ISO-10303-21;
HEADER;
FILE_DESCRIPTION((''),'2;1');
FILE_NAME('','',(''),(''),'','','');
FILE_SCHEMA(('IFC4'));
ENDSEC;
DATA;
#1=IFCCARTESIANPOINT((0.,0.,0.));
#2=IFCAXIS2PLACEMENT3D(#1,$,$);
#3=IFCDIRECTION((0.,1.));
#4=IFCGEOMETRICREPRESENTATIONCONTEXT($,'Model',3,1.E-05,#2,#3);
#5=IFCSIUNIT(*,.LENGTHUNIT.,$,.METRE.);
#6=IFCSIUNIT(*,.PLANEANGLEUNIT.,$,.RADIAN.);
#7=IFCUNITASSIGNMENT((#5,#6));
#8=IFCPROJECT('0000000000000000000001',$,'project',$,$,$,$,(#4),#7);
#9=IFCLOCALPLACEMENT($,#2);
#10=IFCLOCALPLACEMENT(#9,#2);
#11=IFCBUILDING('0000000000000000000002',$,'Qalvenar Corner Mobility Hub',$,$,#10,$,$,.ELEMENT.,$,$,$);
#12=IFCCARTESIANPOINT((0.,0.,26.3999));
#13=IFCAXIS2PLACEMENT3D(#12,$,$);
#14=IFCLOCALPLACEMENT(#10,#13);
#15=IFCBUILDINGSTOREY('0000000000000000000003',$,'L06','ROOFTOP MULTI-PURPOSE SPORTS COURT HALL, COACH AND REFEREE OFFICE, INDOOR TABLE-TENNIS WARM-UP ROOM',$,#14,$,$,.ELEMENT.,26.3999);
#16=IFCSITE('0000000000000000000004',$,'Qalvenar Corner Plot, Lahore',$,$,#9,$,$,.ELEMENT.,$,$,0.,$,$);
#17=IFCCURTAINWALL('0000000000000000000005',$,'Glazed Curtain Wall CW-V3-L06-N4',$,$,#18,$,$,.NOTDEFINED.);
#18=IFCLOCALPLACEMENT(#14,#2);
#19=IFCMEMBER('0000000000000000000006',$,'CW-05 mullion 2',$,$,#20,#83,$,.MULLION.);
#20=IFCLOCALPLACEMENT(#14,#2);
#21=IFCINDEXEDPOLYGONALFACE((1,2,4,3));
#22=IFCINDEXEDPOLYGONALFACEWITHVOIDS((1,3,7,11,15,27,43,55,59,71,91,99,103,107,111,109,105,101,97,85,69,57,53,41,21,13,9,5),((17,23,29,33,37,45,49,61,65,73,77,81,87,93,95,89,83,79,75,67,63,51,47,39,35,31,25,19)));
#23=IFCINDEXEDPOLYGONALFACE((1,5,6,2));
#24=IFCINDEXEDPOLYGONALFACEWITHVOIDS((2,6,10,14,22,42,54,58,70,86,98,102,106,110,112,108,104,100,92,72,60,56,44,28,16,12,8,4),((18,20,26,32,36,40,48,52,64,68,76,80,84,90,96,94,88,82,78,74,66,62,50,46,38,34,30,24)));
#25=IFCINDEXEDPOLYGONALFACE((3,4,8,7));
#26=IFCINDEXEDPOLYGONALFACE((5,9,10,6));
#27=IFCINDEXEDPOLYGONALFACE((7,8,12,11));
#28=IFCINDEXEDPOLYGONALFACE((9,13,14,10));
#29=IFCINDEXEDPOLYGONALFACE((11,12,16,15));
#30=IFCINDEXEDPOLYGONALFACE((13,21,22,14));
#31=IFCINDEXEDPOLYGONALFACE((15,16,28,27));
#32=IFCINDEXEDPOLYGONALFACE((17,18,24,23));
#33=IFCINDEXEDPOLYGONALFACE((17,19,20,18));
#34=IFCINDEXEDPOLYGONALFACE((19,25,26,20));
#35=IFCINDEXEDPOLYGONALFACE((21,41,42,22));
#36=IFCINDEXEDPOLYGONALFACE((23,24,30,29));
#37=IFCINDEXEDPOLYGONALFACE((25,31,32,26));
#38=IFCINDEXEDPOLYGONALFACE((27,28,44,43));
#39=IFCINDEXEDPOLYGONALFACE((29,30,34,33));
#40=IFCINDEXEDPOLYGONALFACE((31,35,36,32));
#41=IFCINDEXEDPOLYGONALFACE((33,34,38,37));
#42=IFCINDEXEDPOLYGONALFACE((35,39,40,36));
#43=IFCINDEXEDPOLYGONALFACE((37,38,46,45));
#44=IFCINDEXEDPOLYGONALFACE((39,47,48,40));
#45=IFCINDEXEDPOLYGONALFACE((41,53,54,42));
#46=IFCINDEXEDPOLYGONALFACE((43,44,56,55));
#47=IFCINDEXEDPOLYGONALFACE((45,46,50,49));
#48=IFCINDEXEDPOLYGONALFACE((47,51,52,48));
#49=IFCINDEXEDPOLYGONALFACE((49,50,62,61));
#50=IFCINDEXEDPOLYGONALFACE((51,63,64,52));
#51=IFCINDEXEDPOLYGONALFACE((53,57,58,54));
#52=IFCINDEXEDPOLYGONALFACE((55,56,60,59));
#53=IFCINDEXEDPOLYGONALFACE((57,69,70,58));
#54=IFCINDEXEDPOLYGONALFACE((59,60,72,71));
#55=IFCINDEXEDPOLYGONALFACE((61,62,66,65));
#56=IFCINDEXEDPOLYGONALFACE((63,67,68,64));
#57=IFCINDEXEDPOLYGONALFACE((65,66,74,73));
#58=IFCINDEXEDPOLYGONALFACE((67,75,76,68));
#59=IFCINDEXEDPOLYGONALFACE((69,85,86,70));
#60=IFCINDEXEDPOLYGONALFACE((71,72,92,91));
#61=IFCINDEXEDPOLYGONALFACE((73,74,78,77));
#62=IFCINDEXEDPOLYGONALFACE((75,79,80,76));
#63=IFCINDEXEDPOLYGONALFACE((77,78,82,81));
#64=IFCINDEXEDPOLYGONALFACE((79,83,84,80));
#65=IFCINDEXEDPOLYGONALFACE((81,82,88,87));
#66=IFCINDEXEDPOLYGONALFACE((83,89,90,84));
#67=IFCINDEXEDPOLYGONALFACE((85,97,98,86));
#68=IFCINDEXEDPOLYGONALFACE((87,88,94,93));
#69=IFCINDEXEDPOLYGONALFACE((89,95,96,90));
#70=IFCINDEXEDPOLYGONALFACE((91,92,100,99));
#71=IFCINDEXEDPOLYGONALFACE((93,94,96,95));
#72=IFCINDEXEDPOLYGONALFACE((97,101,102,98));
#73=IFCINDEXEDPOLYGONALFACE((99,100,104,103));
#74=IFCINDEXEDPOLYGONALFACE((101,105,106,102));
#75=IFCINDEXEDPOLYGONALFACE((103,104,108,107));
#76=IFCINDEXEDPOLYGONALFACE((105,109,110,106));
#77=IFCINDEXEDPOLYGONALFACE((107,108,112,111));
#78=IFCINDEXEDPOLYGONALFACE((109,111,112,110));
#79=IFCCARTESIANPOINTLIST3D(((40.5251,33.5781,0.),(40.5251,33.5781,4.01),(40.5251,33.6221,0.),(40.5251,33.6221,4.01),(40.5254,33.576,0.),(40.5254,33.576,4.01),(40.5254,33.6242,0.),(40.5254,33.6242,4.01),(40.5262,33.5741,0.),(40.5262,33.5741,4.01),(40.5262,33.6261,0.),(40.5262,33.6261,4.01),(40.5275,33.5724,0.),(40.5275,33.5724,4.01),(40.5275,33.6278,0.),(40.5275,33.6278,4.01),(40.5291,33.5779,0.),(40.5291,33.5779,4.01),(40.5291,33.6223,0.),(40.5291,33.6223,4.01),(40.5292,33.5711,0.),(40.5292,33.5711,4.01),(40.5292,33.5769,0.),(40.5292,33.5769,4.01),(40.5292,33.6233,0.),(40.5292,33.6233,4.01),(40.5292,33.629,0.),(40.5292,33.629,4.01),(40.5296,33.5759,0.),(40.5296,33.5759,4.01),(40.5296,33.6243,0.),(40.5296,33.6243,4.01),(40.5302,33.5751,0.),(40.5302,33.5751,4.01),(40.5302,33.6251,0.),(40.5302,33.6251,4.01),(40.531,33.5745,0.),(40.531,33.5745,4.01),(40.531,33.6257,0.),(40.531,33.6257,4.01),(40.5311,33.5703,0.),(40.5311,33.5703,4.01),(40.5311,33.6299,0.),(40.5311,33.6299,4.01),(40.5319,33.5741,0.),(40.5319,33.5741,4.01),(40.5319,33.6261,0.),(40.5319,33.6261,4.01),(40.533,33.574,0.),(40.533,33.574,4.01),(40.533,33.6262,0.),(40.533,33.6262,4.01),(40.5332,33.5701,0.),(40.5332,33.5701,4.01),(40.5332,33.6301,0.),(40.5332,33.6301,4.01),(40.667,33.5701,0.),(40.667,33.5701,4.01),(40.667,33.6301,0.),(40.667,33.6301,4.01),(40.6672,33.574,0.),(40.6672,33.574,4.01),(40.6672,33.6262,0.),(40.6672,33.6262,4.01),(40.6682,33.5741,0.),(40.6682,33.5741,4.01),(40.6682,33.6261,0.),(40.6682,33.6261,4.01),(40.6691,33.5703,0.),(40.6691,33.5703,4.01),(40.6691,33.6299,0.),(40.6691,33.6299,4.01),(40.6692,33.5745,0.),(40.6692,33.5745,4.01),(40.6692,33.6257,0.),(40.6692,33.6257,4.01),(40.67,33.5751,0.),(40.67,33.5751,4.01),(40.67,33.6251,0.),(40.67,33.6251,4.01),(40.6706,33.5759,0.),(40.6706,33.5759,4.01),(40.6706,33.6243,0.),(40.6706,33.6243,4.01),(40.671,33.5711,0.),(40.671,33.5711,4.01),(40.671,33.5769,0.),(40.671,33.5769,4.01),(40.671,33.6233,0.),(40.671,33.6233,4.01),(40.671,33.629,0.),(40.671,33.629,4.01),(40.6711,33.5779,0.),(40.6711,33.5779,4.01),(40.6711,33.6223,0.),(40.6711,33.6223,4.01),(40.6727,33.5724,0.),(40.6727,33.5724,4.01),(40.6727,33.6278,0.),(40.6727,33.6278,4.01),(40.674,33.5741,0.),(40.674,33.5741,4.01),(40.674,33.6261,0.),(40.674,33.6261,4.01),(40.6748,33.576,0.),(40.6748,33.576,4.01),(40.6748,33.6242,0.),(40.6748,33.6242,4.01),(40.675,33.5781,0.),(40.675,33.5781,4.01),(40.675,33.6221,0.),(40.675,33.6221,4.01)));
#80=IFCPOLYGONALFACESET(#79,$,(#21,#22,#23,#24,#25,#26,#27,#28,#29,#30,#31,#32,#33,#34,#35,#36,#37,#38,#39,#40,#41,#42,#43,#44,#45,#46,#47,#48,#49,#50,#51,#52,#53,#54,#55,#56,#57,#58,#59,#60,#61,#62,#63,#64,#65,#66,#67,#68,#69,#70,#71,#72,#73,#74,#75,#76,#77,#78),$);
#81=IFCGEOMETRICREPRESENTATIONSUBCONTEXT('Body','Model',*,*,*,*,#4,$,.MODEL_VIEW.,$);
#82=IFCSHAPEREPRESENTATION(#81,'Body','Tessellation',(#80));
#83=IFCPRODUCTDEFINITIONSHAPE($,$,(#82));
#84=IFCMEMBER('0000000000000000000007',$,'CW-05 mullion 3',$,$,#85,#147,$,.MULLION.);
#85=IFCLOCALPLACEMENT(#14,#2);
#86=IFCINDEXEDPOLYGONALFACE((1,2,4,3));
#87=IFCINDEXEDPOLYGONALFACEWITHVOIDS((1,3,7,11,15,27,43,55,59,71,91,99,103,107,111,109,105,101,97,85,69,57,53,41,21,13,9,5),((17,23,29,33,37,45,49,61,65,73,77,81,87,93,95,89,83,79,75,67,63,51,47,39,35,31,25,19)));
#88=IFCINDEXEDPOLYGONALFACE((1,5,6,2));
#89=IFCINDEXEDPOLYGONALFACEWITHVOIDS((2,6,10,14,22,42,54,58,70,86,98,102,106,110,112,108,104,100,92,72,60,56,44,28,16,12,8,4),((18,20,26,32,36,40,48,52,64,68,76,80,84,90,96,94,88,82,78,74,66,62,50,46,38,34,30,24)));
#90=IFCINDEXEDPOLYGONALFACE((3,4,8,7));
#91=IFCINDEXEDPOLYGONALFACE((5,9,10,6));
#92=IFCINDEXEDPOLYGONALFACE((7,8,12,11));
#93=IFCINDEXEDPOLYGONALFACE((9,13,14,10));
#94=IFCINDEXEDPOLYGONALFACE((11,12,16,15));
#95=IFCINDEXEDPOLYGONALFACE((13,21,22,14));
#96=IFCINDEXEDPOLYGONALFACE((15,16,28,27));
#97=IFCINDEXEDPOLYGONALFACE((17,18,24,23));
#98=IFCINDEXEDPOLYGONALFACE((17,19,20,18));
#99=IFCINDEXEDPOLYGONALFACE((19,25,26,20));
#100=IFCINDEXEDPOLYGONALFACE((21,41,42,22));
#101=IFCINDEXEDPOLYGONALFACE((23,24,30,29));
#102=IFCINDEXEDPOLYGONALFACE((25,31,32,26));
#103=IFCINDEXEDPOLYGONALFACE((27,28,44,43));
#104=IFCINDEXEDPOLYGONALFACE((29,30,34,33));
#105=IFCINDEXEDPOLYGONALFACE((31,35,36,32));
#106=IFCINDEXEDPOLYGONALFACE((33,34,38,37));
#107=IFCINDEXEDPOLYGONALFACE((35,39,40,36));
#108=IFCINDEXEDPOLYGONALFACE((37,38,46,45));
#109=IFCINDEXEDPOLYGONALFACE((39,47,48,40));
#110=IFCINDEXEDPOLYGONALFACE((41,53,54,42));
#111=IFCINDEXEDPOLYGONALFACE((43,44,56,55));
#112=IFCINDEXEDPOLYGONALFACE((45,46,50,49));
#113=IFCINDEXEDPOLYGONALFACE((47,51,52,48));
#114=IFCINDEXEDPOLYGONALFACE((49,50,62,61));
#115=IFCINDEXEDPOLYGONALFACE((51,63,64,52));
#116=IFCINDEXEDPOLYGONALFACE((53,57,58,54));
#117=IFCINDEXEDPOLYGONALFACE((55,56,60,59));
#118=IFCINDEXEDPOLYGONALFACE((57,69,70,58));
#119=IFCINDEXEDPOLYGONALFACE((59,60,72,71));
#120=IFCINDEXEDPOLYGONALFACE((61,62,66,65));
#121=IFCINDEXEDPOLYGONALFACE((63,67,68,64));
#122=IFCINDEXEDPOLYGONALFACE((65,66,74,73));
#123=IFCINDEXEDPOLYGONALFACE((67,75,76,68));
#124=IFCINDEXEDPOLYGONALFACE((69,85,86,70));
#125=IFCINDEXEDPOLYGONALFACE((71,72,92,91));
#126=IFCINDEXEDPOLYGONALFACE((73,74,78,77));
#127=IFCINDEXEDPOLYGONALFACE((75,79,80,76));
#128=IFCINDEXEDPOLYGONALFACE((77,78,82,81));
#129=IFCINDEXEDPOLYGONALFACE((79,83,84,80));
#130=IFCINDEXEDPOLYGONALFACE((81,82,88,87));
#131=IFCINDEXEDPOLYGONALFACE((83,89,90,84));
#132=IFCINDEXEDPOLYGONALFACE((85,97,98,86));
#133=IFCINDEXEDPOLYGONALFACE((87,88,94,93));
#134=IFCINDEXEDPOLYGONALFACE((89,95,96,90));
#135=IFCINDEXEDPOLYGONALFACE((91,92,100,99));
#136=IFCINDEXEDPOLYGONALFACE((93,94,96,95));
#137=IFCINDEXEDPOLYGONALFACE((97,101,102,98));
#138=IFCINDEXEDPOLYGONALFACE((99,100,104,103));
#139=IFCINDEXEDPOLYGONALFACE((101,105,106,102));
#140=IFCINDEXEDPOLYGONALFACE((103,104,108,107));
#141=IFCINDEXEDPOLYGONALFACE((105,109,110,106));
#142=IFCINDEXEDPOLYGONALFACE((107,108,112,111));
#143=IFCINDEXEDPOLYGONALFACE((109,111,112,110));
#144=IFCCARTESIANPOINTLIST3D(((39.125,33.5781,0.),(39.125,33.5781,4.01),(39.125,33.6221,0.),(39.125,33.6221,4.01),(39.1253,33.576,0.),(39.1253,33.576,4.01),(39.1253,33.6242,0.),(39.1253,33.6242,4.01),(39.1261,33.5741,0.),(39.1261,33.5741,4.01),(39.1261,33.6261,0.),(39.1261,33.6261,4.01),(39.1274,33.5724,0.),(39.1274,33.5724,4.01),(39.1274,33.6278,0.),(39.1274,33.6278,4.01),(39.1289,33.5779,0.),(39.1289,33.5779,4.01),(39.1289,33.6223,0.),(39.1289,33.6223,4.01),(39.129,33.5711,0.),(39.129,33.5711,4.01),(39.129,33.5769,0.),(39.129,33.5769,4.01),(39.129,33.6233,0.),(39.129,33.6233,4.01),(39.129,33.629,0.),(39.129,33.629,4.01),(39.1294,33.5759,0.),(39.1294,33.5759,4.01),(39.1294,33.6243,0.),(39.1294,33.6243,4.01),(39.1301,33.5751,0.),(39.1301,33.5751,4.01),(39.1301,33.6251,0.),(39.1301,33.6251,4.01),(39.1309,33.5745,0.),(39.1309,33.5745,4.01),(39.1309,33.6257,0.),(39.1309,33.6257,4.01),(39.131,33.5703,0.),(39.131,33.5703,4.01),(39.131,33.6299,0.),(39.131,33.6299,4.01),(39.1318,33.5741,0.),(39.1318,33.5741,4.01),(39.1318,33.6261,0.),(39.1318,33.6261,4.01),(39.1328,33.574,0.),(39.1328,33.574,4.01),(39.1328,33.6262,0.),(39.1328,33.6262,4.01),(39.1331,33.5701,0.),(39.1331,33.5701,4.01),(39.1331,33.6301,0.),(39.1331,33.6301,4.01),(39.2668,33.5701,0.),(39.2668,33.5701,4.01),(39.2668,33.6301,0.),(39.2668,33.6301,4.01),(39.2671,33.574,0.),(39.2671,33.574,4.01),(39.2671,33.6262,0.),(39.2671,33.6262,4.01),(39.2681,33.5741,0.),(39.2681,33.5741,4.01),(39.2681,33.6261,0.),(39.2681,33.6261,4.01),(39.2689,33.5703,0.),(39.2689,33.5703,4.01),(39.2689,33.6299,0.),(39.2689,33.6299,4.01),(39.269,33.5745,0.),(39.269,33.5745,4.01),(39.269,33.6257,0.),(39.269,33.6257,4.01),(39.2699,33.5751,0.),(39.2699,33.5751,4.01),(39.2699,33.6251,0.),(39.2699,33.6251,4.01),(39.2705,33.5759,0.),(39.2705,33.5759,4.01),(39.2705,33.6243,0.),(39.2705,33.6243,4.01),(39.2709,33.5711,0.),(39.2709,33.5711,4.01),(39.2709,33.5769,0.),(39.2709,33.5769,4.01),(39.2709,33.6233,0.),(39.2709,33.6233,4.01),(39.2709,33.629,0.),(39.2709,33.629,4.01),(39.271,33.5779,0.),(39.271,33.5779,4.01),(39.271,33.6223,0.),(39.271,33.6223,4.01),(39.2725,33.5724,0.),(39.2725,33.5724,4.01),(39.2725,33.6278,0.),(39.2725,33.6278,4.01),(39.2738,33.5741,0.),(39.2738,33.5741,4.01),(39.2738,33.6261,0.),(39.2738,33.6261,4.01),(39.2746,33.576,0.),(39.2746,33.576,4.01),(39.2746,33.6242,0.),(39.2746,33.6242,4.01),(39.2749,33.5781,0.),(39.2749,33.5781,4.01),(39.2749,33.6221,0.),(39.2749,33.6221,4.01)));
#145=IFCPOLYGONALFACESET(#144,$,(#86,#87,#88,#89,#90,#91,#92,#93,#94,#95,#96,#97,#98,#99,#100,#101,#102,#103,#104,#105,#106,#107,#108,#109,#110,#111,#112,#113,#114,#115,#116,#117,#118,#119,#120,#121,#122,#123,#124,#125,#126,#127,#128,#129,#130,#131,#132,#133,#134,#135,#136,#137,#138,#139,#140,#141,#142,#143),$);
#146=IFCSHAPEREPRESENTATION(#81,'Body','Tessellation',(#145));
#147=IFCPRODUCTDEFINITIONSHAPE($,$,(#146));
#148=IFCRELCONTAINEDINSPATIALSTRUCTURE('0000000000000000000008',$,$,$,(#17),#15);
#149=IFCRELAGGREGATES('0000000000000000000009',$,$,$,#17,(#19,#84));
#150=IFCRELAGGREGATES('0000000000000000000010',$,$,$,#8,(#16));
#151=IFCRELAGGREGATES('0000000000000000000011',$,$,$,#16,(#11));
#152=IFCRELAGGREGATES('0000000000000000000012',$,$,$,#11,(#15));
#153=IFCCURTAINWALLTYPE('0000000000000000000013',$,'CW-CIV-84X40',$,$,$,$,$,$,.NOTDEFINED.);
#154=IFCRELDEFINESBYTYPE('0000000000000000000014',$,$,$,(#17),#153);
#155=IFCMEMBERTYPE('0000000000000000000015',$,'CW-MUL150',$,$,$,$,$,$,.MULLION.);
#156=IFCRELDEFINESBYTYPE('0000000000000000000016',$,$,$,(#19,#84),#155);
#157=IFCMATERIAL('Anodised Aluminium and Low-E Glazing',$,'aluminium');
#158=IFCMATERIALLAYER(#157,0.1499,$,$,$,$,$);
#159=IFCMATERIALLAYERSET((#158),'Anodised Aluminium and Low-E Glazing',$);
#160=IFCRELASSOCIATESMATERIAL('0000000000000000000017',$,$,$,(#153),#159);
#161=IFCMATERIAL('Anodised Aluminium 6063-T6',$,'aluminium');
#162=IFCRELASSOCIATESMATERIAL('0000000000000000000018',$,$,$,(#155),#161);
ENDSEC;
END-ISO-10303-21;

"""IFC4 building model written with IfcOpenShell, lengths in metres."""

from ifc_helpers import new_model, si_unit, direction, frame, origin, origin_2d, place, context, subcontext, project, spatial, hollow_rectangle, extrude, material, layer, layer_set, material_profile, profile_set, type_object, element, aggregate, save


model = new_model("IFC4")

# Units and contexts
model_context = context("Model", 3, precision=1e-05, world=origin(), true_north=direction((0.0, 1.0)))
body_context = subcontext(model_context, "Body", "Model", "MODEL_VIEW")
ifc_project = project(units=[si_unit("LENGTHUNIT", "METRE"), si_unit("PLANEANGLEUNIT", "RADIAN")], contexts=[model_context])

# Site, building, storey
site_placement = place(None, origin())
site = spatial("IfcSite", under=ifc_project, at=site_placement, Name="Qalvenar Corner Plot, Lahore", CompositionType="ELEMENT", RefElevation=0.0)
building_placement = place(site_placement, origin())
building = spatial("IfcBuilding", under=site, at=building_placement, Name="Qalvenar Corner Mobility Hub", CompositionType="ELEMENT")
storey_placement = place(building_placement, frame((0.0, 0.0, 26.3999)))
storey = spatial("IfcBuildingStorey", under=building, at=storey_placement, Name="L06", Description="ROOFTOP MULTI-PURPOSE SPORTS COURT HALL, COACH AND REFEREE OFFICE, INDOOR TABLE-TENNIS WARM-UP ROOM", CompositionType="ELEMENT", Elevation=26.3999)

# Curtain wall, members
ifc_material_1 = material(Name="Anodised Aluminium and Low-E Glazing", Category="aluminium")
ifc_layer_1 = layer(ifc_material_1, 0.1499)
ifc_layer_set_1 = layer_set([ifc_layer_1], Name="Anodised Aluminium and Low-E Glazing")
curtain_wall_type = type_object("IfcCurtainWallType", Name="CW-CIV-84X40", PredefinedType="NOTDEFINED", material=ifc_layer_set_1)
curtain_wall_placement = place(storey_placement, origin())
curtain_wall = element("IfcCurtainWall", 1, at=curtain_wall_placement, inside=storey, type_object=curtain_wall_type, Name="Glazed Curtain Wall CW-V3-L06-N4", PredefinedType="NOTDEFINED")
ifc_material_2 = material(Name="Anodised Aluminium 6063-T6", Category="aluminium")
ifc_material_profile_1 = material_profile(ifc_material_2, hollow_rectangle(XDim=0.0601, YDim=0.1499, WallThickness=0.0039, InnerFilletRadius=0.0039, OuterFilletRadius=0.0081, at=origin_2d()), Name="RHS150x60x4")
ifc_profile_set_1 = profile_set([ifc_material_profile_1], Name="Anodised Aluminium 6063-T6")
member_type_1 = type_object("IfcMemberType", Name="CW-MUL150", PredefinedType="MULLION", material=ifc_profile_set_1)
member_1_placement = place(storey_placement, frame((40.6001, 33.6001, 0.0), z_axis=(0.0, 0.0, 1.0), x_axis=(0.0, -1.0, 0.0)))
member_1 = element("IfcMember", 2, at=member_1_placement, type_object=member_type_1, Name="CW-05 mullion 2", PredefinedType="MULLION", context=body_context, shape_type="SweptSolid", body=[
    extrude(hollow_rectangle(XDim=0.0601, YDim=0.1499, WallThickness=0.0039, InnerFilletRadius=0.0039, OuterFilletRadius=0.0081, at=origin_2d()), origin(), (0.0, 0.0, 1.0), 4.01),
])
member_2_placement = place(storey_placement, frame((39.2, 33.6001, 0.0), z_axis=(0.0, 0.0, 1.0), x_axis=(0.0, -1.0, 0.0)))
member_2 = element("IfcMember", 3, at=member_2_placement, type_object=member_type_1, Name="CW-05 mullion 3", PredefinedType="MULLION", context=body_context, shape_type="SweptSolid", body=[
    extrude(hollow_rectangle(XDim=0.0601, YDim=0.1499, WallThickness=0.0039, InnerFilletRadius=0.0039, OuterFilletRadius=0.0081, at=origin_2d()), origin(), (0.0, 0.0, 1.0), 4.01),
])
aggregate(curtain_wall, [member_1, member_2])

save(model, "model.ifc")
